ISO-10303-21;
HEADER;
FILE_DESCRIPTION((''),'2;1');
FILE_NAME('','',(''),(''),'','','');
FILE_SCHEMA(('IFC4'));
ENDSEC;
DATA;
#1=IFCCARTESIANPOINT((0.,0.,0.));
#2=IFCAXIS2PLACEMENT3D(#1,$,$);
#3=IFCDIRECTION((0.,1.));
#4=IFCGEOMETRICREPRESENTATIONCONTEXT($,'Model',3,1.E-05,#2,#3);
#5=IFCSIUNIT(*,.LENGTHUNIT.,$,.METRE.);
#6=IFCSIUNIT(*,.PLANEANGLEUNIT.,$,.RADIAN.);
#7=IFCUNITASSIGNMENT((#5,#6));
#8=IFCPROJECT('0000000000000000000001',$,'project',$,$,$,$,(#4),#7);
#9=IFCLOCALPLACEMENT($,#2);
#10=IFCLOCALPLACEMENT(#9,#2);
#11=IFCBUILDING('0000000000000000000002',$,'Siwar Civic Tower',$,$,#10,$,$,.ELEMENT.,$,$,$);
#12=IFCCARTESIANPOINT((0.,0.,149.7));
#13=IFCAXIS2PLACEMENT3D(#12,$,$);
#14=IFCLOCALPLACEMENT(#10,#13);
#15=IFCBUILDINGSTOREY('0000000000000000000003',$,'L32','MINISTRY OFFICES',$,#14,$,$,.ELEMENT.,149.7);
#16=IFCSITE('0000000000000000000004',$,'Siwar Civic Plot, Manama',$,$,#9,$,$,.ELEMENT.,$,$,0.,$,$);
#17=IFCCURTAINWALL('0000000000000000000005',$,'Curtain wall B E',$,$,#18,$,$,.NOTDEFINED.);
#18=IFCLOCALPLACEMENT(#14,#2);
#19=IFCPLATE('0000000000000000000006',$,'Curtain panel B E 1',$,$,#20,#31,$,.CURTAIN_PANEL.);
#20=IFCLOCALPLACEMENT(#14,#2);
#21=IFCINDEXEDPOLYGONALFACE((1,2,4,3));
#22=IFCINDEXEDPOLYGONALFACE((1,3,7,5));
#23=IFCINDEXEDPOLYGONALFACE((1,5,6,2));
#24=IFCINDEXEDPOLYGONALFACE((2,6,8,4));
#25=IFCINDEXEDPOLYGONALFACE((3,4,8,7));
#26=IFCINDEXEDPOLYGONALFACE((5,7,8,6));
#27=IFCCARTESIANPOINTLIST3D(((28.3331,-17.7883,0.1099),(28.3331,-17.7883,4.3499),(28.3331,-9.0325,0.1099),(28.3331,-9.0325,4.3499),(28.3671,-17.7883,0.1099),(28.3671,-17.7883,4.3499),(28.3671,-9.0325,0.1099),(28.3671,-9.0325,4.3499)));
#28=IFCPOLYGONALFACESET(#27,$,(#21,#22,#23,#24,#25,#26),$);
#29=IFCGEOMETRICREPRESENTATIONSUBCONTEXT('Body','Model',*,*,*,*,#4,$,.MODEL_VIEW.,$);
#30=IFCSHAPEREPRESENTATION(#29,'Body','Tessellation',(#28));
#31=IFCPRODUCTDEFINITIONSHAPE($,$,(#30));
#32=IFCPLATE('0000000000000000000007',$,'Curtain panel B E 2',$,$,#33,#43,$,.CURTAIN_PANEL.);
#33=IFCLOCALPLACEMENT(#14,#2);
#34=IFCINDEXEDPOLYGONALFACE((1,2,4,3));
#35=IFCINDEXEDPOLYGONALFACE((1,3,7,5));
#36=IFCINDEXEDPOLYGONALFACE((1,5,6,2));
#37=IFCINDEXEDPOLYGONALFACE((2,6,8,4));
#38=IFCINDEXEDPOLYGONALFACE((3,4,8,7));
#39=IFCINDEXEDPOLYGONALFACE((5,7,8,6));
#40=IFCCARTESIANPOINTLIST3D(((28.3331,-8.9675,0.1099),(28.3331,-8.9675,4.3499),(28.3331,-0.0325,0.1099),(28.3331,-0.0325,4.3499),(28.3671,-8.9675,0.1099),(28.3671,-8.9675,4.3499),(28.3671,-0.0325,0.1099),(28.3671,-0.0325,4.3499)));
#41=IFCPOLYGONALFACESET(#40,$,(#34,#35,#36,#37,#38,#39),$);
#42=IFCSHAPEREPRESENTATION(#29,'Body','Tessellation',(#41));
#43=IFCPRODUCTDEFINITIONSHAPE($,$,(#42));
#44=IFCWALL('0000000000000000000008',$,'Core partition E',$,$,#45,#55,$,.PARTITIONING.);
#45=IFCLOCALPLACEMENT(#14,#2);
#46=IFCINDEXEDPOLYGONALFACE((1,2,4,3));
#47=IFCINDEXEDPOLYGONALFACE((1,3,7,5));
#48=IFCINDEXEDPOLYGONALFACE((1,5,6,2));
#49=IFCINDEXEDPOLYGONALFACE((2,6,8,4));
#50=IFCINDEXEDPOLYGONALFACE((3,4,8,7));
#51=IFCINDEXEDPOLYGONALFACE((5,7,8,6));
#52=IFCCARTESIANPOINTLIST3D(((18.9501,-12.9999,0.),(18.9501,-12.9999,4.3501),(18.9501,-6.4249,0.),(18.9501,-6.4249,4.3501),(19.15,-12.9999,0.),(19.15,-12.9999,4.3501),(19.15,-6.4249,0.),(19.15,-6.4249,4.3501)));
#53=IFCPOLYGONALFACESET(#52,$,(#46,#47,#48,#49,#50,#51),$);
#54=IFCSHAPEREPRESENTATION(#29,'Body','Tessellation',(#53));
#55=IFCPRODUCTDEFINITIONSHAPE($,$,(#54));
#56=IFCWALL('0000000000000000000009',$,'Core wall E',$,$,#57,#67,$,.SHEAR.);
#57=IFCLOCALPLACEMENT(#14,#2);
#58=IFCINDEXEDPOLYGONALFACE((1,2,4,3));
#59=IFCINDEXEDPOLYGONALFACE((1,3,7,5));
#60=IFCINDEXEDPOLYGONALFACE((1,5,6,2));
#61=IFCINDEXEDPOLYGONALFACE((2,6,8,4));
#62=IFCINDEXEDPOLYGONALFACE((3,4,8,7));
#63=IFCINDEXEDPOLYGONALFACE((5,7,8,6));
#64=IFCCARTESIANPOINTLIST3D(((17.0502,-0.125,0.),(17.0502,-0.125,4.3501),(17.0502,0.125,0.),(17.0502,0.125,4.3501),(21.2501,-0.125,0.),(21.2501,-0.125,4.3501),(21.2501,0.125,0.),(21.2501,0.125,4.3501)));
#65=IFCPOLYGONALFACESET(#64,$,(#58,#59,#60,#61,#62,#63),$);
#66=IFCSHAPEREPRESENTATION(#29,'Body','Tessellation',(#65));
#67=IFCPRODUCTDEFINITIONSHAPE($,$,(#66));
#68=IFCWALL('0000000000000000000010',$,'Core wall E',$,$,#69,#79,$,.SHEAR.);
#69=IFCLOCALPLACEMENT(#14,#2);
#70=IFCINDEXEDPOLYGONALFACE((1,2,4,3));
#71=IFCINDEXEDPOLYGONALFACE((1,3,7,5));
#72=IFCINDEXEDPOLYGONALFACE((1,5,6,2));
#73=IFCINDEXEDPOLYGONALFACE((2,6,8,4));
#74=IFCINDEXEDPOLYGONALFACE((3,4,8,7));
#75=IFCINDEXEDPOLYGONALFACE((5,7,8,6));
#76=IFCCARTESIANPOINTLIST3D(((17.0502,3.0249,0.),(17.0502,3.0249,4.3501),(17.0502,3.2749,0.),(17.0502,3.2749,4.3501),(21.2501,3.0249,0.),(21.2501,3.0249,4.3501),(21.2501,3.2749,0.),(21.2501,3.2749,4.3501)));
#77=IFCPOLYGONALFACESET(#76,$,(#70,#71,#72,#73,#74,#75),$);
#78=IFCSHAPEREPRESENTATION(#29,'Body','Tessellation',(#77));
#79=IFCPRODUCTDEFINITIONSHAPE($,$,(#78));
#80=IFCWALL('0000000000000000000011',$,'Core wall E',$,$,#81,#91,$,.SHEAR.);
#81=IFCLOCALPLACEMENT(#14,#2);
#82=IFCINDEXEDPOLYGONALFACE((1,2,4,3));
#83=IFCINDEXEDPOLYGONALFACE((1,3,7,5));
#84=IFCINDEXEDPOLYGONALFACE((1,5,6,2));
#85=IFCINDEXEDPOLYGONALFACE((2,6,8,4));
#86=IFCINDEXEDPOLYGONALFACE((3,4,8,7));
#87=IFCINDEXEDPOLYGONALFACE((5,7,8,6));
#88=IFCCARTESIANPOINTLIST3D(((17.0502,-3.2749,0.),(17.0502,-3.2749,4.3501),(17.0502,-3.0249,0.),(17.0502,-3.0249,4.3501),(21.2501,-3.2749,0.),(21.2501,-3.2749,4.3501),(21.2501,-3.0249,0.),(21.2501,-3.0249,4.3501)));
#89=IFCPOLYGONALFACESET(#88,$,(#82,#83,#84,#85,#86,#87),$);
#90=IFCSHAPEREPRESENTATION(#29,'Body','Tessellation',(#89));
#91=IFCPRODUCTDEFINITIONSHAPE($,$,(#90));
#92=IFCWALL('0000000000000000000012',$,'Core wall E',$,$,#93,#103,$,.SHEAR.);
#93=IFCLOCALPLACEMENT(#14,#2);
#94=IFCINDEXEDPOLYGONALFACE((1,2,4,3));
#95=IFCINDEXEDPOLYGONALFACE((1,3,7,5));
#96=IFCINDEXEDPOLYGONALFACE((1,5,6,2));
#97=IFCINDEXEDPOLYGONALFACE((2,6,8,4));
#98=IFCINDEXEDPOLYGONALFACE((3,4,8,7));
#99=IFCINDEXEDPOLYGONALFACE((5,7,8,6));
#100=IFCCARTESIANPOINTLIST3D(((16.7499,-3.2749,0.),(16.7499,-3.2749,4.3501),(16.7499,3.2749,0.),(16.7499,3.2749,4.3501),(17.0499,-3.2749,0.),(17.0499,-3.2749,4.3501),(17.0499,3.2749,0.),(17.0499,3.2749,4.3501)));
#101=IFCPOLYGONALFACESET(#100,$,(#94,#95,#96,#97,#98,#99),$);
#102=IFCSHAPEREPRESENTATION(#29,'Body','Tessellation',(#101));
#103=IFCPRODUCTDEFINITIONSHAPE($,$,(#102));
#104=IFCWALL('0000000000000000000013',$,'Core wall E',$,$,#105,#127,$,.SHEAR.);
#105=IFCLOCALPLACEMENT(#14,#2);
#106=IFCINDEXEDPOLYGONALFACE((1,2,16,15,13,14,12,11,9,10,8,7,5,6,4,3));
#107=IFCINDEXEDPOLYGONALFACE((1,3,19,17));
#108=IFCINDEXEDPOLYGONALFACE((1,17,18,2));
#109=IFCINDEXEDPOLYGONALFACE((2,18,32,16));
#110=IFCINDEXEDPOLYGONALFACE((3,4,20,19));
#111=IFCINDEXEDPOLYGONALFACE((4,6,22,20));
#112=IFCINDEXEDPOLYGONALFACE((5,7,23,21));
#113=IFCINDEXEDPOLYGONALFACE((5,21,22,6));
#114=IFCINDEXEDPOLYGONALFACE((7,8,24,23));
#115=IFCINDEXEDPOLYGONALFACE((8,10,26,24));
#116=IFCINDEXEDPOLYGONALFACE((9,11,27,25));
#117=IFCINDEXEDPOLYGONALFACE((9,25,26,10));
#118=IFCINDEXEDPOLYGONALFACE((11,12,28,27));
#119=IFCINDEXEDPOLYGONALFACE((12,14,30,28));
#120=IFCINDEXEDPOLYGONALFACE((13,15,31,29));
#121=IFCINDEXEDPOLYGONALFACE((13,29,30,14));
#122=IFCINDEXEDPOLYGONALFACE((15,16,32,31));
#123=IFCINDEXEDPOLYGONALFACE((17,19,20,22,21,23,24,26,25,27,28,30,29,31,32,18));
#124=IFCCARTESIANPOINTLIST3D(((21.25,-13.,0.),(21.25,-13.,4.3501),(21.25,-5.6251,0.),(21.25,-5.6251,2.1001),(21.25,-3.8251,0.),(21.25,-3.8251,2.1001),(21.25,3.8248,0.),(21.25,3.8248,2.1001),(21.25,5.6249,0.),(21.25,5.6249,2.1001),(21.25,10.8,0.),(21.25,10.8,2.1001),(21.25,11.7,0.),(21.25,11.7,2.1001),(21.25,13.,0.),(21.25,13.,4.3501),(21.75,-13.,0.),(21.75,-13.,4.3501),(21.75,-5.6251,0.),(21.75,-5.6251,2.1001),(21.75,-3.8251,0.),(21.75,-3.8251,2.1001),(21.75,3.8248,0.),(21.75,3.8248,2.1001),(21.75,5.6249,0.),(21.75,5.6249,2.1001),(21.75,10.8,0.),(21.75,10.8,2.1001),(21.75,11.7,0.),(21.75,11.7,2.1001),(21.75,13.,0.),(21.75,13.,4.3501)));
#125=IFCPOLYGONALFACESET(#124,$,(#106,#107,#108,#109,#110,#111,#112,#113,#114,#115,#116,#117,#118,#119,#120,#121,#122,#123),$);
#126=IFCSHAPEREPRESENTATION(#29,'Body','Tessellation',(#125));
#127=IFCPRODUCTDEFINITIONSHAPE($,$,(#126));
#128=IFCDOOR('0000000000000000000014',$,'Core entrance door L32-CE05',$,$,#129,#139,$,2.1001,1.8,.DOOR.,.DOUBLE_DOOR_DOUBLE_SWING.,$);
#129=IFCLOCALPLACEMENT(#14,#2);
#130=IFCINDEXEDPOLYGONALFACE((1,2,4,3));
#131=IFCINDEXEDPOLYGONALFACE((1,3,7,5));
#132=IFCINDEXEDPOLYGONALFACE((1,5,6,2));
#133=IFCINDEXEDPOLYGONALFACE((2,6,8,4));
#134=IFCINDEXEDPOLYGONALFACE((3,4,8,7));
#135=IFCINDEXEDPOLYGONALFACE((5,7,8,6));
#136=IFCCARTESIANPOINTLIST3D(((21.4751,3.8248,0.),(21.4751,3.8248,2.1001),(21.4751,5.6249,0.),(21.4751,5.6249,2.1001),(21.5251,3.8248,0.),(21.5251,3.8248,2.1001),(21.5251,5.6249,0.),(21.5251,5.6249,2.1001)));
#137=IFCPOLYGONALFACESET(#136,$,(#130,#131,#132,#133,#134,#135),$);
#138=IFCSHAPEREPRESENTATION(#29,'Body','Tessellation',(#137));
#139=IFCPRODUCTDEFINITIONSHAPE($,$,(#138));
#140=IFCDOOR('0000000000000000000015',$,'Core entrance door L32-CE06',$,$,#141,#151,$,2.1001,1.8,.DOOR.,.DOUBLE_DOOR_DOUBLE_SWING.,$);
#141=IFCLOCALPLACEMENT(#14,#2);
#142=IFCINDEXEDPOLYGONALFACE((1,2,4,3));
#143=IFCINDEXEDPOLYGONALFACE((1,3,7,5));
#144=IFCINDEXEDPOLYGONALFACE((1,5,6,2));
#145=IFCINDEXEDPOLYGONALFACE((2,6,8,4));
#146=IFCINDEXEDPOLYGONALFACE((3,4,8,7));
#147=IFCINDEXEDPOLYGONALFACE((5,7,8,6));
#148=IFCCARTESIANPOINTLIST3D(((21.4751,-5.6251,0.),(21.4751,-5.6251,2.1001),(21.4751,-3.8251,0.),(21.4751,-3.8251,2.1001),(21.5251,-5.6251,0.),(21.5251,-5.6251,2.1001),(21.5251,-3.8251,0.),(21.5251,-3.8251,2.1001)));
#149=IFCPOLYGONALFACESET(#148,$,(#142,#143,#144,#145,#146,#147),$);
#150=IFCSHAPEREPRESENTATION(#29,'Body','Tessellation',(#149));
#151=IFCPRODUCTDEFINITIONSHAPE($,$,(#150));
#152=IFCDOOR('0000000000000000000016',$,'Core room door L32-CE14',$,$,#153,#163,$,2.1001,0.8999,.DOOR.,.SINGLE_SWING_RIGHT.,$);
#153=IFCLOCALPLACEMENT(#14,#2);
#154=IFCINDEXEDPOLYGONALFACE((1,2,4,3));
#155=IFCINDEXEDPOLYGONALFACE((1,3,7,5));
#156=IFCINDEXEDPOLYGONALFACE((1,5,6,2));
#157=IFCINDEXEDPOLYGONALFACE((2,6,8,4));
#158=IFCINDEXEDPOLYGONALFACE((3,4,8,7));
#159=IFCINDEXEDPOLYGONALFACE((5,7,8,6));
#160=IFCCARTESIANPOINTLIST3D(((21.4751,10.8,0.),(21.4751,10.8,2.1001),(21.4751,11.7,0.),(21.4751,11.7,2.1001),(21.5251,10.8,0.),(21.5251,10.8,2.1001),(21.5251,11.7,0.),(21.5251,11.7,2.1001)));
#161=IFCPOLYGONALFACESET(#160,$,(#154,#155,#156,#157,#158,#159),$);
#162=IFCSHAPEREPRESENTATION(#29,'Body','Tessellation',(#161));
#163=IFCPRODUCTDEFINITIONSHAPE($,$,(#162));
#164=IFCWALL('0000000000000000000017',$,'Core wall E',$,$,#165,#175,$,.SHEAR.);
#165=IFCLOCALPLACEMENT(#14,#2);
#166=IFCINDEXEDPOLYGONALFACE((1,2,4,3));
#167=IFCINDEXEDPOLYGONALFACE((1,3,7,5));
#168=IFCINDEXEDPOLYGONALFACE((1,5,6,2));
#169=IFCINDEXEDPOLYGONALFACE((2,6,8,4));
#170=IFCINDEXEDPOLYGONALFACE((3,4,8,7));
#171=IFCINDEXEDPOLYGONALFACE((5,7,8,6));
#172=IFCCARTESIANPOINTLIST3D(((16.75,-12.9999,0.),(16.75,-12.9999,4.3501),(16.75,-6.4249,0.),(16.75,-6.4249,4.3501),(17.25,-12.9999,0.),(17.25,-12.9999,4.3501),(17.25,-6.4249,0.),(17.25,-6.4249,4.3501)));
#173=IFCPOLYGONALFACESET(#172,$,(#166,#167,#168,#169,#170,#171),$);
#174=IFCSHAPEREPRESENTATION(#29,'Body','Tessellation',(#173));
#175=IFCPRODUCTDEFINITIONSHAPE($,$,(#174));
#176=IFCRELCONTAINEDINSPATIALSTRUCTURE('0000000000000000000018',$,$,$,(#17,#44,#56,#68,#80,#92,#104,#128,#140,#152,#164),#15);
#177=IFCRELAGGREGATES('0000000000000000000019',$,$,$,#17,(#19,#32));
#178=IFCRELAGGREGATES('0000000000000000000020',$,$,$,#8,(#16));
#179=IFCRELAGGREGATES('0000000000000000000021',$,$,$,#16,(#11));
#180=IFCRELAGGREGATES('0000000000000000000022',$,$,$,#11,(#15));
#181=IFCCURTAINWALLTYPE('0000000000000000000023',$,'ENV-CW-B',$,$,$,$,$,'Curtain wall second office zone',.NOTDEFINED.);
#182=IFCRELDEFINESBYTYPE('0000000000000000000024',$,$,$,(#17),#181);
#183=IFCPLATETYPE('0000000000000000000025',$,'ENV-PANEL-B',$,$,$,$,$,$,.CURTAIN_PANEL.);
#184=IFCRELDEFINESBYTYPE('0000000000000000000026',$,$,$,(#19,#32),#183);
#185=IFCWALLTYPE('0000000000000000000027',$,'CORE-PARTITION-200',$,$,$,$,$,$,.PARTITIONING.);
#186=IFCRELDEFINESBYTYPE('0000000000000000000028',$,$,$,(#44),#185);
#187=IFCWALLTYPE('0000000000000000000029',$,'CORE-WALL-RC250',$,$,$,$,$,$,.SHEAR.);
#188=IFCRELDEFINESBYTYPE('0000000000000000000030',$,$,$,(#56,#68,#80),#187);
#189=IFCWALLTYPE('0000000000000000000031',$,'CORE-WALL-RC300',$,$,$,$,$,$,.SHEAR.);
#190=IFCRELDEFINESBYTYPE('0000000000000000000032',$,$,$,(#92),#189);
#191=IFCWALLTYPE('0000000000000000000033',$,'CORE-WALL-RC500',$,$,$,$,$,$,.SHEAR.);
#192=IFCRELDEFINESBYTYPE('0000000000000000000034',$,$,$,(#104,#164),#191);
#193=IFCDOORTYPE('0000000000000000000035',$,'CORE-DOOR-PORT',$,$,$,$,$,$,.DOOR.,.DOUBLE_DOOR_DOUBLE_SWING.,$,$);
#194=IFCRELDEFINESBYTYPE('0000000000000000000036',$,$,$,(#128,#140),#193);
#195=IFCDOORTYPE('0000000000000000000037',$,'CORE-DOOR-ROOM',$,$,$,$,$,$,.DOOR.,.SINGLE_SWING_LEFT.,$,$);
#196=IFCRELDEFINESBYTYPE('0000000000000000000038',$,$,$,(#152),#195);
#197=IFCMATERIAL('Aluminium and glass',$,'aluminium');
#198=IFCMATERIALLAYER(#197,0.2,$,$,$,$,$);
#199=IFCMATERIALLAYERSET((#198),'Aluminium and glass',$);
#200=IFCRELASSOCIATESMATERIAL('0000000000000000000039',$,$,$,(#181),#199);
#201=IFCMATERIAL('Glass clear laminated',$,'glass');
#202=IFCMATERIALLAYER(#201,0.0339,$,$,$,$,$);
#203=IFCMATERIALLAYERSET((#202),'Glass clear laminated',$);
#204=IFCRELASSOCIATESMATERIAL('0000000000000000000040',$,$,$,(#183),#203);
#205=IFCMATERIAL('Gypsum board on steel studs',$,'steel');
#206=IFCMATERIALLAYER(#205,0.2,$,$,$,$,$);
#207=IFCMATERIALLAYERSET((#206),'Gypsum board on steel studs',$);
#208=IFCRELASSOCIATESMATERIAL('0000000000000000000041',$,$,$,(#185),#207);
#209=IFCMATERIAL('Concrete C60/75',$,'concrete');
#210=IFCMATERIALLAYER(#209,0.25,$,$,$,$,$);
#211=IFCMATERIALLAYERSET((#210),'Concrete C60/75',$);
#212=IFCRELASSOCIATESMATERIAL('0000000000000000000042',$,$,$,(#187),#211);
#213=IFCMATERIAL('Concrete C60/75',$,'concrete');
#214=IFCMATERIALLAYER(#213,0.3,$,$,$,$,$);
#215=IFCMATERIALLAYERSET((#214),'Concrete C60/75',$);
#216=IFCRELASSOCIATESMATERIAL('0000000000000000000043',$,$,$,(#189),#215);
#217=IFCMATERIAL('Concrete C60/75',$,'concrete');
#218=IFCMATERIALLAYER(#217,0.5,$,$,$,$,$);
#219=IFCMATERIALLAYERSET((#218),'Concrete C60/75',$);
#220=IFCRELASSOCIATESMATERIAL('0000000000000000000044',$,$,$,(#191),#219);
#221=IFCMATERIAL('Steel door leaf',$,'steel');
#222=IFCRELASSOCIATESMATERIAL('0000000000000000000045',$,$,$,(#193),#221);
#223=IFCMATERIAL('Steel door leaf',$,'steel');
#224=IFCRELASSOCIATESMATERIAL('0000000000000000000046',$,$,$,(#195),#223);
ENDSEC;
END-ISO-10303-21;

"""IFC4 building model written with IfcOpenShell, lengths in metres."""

from ifc_helpers import new_model, si_unit, direction, frame, frame_2d, origin, origin_2d, place, context, subcontext, project, spatial, rectangle, extrude, material, layer, layer_set, type_object, element, fill, aggregate, save


model = new_model("IFC4")

# Units and contexts
model_context = context("Model", 3, precision=1e-05, world=origin(), true_north=direction((0.0, 1.0)))
body_context = subcontext(model_context, "Body", "Model", "MODEL_VIEW")
ifc_project = project(units=[si_unit("LENGTHUNIT", "METRE"), si_unit("PLANEANGLEUNIT", "RADIAN")], contexts=[model_context])

# Site, building, storey
site_placement = place(None, origin())
site = spatial("IfcSite", under=ifc_project, at=site_placement, Name="Siwar Civic Plot, Manama", CompositionType="ELEMENT", RefElevation=0.0)
building_placement = place(site_placement, origin())
building = spatial("IfcBuilding", under=site, at=building_placement, Name="Siwar Civic Tower", CompositionType="ELEMENT")
storey_placement = place(building_placement, frame((0.0, 0.0, 149.7)))
storey = spatial("IfcBuildingStorey", under=building, at=storey_placement, Name="L32", Description="MINISTRY OFFICES", CompositionType="ELEMENT", Elevation=149.7)

# Curtain wall
ifc_material_1 = material(Name="Aluminium and glass", Category="aluminium")
ifc_layer_1 = layer(ifc_material_1, 0.2)
ifc_layer_set_1 = layer_set([ifc_layer_1], Name="Aluminium and glass")
curtain_wall_type = type_object("IfcCurtainWallType", Name="ENV-CW-B", ElementType="Curtain wall second office zone", PredefinedType="NOTDEFINED", material=ifc_layer_set_1)
curtain_wall_placement = place(storey_placement, origin())
curtain_wall = element("IfcCurtainWall", 1, at=curtain_wall_placement, inside=storey, type_object=curtain_wall_type, Name="Curtain wall B E", PredefinedType="NOTDEFINED")

# Plates
ifc_material_2 = material(Name="Glass clear laminated", Category="glass")
ifc_layer_2 = layer(ifc_material_2, 0.0339)
ifc_layer_set_2 = layer_set([ifc_layer_2], Name="Glass clear laminated")
plate_type = type_object("IfcPlateType", Name="ENV-PANEL-B", PredefinedType="CURTAIN_PANEL", material=ifc_layer_set_2)
plate_1_placement = place(storey_placement, frame((28.3501, -13.4104, 0.1099), z_axis=(0.0, 0.0, 1.0), x_axis=(0.0, 1.0, 0.0)))
plate_1 = element("IfcPlate", 2, at=plate_1_placement, type_object=plate_type, Name="Curtain panel B E 1", PredefinedType="CURTAIN_PANEL", context=body_context, shape_type="SweptSolid", body=[
    extrude(rectangle(XDim=8.7559, YDim=0.0339, at=origin_2d()), origin(), (0.0, 0.0, 1.0), 4.24),
])
plate_2_placement = place(storey_placement, frame((28.3501, -4.5, 0.1099), z_axis=(0.0, 0.0, 1.0), x_axis=(0.0, 1.0, 0.0)))
plate_2 = element("IfcPlate", 3, at=plate_2_placement, type_object=plate_type, Name="Curtain panel B E 2", PredefinedType="CURTAIN_PANEL", context=body_context, shape_type="SweptSolid", body=[
    extrude(rectangle(XDim=8.9351, YDim=0.0339, at=origin_2d()), origin(), (0.0, 0.0, 1.0), 4.24),
])
aggregate(curtain_wall, [plate_1, plate_2])

# Walls
ifc_material_3 = material(Name="Gypsum board on steel studs", Category="steel")
ifc_layer_3 = layer(ifc_material_3, 0.2)
ifc_layer_set_3 = layer_set([ifc_layer_3], Name="Gypsum board on steel studs")
wall_type_1 = type_object("IfcWallType", Name="CORE-PARTITION-200", PredefinedType="PARTITIONING", material=ifc_layer_set_3)
wall_1_placement = place(storey_placement, frame((19.05, -13.0, 0.0), z_axis=(0.0, 0.0, 1.0), x_axis=(0.0, 1.0, 0.0)))
element("IfcWall", 4, at=wall_1_placement, inside=storey, type_object=wall_type_1, Name="Core partition E", PredefinedType="PARTITIONING", context=body_context, shape_type="SweptSolid", body=[
    extrude(rectangle(XDim=6.575, YDim=0.2, at=frame_2d((3.2876, 0.0))), origin(), (0.0, 0.0, 1.0), 4.3501),
])
ifc_material_4 = material(Name="Concrete C60/75", Category="concrete")
ifc_layer_4 = layer(ifc_material_4, 0.25)
ifc_layer_set_4 = layer_set([ifc_layer_4], Name="Concrete C60/75")
wall_type_2 = type_object("IfcWallType", Name="CORE-WALL-RC250", PredefinedType="SHEAR", material=ifc_layer_set_4)
for number, where, z_axis, x_axis, name in (
    (5, (17.05, 0.0, 0.0), (0.0, 0.0, 1.0), (1.0, 0.0, 0.0), "Core wall E"),
    (6, (17.05, 3.1499, 0.0), (0.0, 0.0, 1.0), (1.0, 0.0, 0.0), "Core wall E"),
    (7, (17.05, -3.1499, 0.0), (0.0, 0.0, 1.0), (1.0, 0.0, 0.0), "Core wall E"),
):
    element("IfcWall", number, at=place(storey_placement, frame(where, z_axis=z_axis, x_axis=x_axis)), inside=storey, type_object=wall_type_2, Name=name, PredefinedType="SHEAR", context=body_context, shape_type="SweptSolid", body=[
        extrude(rectangle(XDim=4.2, YDim=0.25, at=frame_2d((2.1001, 0.0))), origin(), (0.0, 0.0, 1.0), 4.3501),
    ])
ifc_material_5 = material(Name="Concrete C60/75", Category="concrete")
ifc_layer_5 = layer(ifc_material_5, 0.3)
ifc_layer_set_5 = layer_set([ifc_layer_5], Name="Concrete C60/75")
wall_type_3 = type_object("IfcWallType", Name="CORE-WALL-RC300", PredefinedType="SHEAR", material=ifc_layer_set_5)
wall_2_placement = place(storey_placement, frame((16.8999, -3.2749, 0.0), z_axis=(0.0, 0.0, 1.0), x_axis=(0.0, 1.0, 0.0)))
element("IfcWall", 8, at=wall_2_placement, inside=storey, type_object=wall_type_3, Name="Core wall E", PredefinedType="SHEAR", context=body_context, shape_type="SweptSolid", body=[
    extrude(rectangle(XDim=6.5498, YDim=0.3, at=frame_2d((3.2749, 0.0))), origin(), (0.0, 0.0, 1.0), 4.3501),
])

# Wall, openings, doors
ifc_material_6 = material(Name="Concrete C60/75", Category="concrete")
ifc_layer_6 = layer(ifc_material_6, 0.5)
ifc_layer_set_6 = layer_set([ifc_layer_6], Name="Concrete C60/75")
wall_type_4 = type_object("IfcWallType", Name="CORE-WALL-RC500", PredefinedType="SHEAR", material=ifc_layer_set_6)
wall_3_placement = place(storey_placement, frame((21.5, -13.0, 0.0), z_axis=(0.0, 0.0, 1.0), x_axis=(0.0, 1.0, 0.0)))
wall_3 = element("IfcWall", 9, at=wall_3_placement, inside=storey, type_object=wall_type_4, Name="Core wall E", PredefinedType="SHEAR", context=body_context, shape_type="SweptSolid", body=[
    extrude(rectangle(XDim=26.0, YDim=0.5, at=frame_2d((13.0, 0.0))), origin(), (0.0, 0.0, 1.0), 4.3501),
])
opening_1_placement = place(wall_3_placement, frame((16.825, 0.0, 0.0)))
opening_1 = element("IfcOpeningElement", 10, at=opening_1_placement, cuts=wall_3, PredefinedType="OPENING", context=body_context, shape_type="SweptSolid", body=[
    extrude(rectangle(XDim=1.8, YDim=2.1001, at=frame_2d((0.8999, 1.05))), frame((0.0, 0.26, 0.0), z_axis=(0.0, -1.0, 0.0), x_axis=(1.0, 0.0, 0.0)), (0.0, 0.0, 1.0), 0.52),
])
opening_2_placement = place(wall_3_placement, frame((7.375, 0.0, 0.0)))
opening_2 = element("IfcOpeningElement", 11, at=opening_2_placement, cuts=wall_3, PredefinedType="OPENING", context=body_context, shape_type="SweptSolid", body=[
    extrude(rectangle(XDim=1.8, YDim=2.1001, at=frame_2d((0.8999, 1.05))), frame((0.0, 0.26, 0.0), z_axis=(0.0, -1.0, 0.0), x_axis=(1.0, 0.0, 0.0)), (0.0, 0.0, 1.0), 0.52),
])
opening_3_placement = place(wall_3_placement, frame((23.8, 0.0, 0.0)))
opening_3 = element("IfcOpeningElement", 12, at=opening_3_placement, cuts=wall_3, PredefinedType="OPENING", context=body_context, shape_type="SweptSolid", body=[
    extrude(rectangle(XDim=0.8999, YDim=2.1001, at=frame_2d((0.45, 1.05))), frame((0.0, 0.26, 0.0), z_axis=(0.0, -1.0, 0.0), x_axis=(1.0, 0.0, 0.0)), (0.0, 0.0, 1.0), 0.52),
])
ifc_material_7 = material(Name="Steel door leaf", Category="steel")
door_type_1 = type_object("IfcDoorType", Name="CORE-DOOR-PORT", OperationType="DOUBLE_DOOR_DOUBLE_SWING", PredefinedType="DOOR", material=ifc_material_7)
door_1_placement = place(opening_1_placement, origin())
door_1 = element("IfcDoor", 13, at=door_1_placement, inside=storey, type_object=door_type_1, Name="Core entrance door L32-CE05", OperationType="DOUBLE_DOOR_DOUBLE_SWING", OverallHeight=2.1001, OverallWidth=1.8, PredefinedType="DOOR", context=body_context, shape_type="SweptSolid", body=[
    extrude(rectangle(XDim=1.8, YDim=2.1001, at=frame_2d((0.8999, 1.05))), frame((0.0, 0.0249, 0.0), z_axis=(0.0, -1.0, 0.0), x_axis=(1.0, 0.0, 0.0)), (0.0, 0.0, 1.0), 0.05),
])
fill(opening_1, door_1)
door_2_placement = place(opening_2_placement, origin())
door_2 = element("IfcDoor", 14, at=door_2_placement, inside=storey, type_object=door_type_1, Name="Core entrance door L32-CE06", OperationType="DOUBLE_DOOR_DOUBLE_SWING", OverallHeight=2.1001, OverallWidth=1.8, PredefinedType="DOOR", context=body_context, shape_type="SweptSolid", body=[
    extrude(rectangle(XDim=1.8, YDim=2.1001, at=frame_2d((0.8999, 1.05))), frame((0.0, 0.0249, 0.0), z_axis=(0.0, -1.0, 0.0), x_axis=(1.0, 0.0, 0.0)), (0.0, 0.0, 1.0), 0.05),
])
fill(opening_2, door_2)
ifc_material_8 = material(Name="Steel door leaf", Category="steel")
door_type_2 = type_object("IfcDoorType", Name="CORE-DOOR-ROOM", OperationType="SINGLE_SWING_LEFT", PredefinedType="DOOR", material=ifc_material_8)
door_3_placement = place(opening_3_placement, origin())
door_3 = element("IfcDoor", 15, at=door_3_placement, inside=storey, type_object=door_type_2, Name="Core room door L32-CE14", OperationType="SINGLE_SWING_RIGHT", OverallHeight=2.1001, OverallWidth=0.8999, PredefinedType="DOOR", context=body_context, shape_type="SweptSolid", body=[
    extrude(rectangle(XDim=0.8999, YDim=2.1001, at=frame_2d((0.45, 1.05))), frame((0.0, 0.0249, 0.0), z_axis=(0.0, -1.0, 0.0), x_axis=(1.0, 0.0, 0.0)), (0.0, 0.0, 1.0), 0.05),
])
fill(opening_3, door_3)

# Wall
wall_4_placement = place(storey_placement, frame((17.0, -13.0, 0.0), z_axis=(0.0, 0.0, 1.0), x_axis=(0.0, 1.0, 0.0)))
element("IfcWall", 16, at=wall_4_placement, inside=storey, type_object=wall_type_4, Name="Core wall E", PredefinedType="SHEAR", context=body_context, shape_type="SweptSolid", body=[
    extrude(rectangle(XDim=6.575, YDim=0.5, at=frame_2d((3.2876, 0.0))), origin(), (0.0, 0.0, 1.0), 4.3501),
])

save(model, "model.ifc")
